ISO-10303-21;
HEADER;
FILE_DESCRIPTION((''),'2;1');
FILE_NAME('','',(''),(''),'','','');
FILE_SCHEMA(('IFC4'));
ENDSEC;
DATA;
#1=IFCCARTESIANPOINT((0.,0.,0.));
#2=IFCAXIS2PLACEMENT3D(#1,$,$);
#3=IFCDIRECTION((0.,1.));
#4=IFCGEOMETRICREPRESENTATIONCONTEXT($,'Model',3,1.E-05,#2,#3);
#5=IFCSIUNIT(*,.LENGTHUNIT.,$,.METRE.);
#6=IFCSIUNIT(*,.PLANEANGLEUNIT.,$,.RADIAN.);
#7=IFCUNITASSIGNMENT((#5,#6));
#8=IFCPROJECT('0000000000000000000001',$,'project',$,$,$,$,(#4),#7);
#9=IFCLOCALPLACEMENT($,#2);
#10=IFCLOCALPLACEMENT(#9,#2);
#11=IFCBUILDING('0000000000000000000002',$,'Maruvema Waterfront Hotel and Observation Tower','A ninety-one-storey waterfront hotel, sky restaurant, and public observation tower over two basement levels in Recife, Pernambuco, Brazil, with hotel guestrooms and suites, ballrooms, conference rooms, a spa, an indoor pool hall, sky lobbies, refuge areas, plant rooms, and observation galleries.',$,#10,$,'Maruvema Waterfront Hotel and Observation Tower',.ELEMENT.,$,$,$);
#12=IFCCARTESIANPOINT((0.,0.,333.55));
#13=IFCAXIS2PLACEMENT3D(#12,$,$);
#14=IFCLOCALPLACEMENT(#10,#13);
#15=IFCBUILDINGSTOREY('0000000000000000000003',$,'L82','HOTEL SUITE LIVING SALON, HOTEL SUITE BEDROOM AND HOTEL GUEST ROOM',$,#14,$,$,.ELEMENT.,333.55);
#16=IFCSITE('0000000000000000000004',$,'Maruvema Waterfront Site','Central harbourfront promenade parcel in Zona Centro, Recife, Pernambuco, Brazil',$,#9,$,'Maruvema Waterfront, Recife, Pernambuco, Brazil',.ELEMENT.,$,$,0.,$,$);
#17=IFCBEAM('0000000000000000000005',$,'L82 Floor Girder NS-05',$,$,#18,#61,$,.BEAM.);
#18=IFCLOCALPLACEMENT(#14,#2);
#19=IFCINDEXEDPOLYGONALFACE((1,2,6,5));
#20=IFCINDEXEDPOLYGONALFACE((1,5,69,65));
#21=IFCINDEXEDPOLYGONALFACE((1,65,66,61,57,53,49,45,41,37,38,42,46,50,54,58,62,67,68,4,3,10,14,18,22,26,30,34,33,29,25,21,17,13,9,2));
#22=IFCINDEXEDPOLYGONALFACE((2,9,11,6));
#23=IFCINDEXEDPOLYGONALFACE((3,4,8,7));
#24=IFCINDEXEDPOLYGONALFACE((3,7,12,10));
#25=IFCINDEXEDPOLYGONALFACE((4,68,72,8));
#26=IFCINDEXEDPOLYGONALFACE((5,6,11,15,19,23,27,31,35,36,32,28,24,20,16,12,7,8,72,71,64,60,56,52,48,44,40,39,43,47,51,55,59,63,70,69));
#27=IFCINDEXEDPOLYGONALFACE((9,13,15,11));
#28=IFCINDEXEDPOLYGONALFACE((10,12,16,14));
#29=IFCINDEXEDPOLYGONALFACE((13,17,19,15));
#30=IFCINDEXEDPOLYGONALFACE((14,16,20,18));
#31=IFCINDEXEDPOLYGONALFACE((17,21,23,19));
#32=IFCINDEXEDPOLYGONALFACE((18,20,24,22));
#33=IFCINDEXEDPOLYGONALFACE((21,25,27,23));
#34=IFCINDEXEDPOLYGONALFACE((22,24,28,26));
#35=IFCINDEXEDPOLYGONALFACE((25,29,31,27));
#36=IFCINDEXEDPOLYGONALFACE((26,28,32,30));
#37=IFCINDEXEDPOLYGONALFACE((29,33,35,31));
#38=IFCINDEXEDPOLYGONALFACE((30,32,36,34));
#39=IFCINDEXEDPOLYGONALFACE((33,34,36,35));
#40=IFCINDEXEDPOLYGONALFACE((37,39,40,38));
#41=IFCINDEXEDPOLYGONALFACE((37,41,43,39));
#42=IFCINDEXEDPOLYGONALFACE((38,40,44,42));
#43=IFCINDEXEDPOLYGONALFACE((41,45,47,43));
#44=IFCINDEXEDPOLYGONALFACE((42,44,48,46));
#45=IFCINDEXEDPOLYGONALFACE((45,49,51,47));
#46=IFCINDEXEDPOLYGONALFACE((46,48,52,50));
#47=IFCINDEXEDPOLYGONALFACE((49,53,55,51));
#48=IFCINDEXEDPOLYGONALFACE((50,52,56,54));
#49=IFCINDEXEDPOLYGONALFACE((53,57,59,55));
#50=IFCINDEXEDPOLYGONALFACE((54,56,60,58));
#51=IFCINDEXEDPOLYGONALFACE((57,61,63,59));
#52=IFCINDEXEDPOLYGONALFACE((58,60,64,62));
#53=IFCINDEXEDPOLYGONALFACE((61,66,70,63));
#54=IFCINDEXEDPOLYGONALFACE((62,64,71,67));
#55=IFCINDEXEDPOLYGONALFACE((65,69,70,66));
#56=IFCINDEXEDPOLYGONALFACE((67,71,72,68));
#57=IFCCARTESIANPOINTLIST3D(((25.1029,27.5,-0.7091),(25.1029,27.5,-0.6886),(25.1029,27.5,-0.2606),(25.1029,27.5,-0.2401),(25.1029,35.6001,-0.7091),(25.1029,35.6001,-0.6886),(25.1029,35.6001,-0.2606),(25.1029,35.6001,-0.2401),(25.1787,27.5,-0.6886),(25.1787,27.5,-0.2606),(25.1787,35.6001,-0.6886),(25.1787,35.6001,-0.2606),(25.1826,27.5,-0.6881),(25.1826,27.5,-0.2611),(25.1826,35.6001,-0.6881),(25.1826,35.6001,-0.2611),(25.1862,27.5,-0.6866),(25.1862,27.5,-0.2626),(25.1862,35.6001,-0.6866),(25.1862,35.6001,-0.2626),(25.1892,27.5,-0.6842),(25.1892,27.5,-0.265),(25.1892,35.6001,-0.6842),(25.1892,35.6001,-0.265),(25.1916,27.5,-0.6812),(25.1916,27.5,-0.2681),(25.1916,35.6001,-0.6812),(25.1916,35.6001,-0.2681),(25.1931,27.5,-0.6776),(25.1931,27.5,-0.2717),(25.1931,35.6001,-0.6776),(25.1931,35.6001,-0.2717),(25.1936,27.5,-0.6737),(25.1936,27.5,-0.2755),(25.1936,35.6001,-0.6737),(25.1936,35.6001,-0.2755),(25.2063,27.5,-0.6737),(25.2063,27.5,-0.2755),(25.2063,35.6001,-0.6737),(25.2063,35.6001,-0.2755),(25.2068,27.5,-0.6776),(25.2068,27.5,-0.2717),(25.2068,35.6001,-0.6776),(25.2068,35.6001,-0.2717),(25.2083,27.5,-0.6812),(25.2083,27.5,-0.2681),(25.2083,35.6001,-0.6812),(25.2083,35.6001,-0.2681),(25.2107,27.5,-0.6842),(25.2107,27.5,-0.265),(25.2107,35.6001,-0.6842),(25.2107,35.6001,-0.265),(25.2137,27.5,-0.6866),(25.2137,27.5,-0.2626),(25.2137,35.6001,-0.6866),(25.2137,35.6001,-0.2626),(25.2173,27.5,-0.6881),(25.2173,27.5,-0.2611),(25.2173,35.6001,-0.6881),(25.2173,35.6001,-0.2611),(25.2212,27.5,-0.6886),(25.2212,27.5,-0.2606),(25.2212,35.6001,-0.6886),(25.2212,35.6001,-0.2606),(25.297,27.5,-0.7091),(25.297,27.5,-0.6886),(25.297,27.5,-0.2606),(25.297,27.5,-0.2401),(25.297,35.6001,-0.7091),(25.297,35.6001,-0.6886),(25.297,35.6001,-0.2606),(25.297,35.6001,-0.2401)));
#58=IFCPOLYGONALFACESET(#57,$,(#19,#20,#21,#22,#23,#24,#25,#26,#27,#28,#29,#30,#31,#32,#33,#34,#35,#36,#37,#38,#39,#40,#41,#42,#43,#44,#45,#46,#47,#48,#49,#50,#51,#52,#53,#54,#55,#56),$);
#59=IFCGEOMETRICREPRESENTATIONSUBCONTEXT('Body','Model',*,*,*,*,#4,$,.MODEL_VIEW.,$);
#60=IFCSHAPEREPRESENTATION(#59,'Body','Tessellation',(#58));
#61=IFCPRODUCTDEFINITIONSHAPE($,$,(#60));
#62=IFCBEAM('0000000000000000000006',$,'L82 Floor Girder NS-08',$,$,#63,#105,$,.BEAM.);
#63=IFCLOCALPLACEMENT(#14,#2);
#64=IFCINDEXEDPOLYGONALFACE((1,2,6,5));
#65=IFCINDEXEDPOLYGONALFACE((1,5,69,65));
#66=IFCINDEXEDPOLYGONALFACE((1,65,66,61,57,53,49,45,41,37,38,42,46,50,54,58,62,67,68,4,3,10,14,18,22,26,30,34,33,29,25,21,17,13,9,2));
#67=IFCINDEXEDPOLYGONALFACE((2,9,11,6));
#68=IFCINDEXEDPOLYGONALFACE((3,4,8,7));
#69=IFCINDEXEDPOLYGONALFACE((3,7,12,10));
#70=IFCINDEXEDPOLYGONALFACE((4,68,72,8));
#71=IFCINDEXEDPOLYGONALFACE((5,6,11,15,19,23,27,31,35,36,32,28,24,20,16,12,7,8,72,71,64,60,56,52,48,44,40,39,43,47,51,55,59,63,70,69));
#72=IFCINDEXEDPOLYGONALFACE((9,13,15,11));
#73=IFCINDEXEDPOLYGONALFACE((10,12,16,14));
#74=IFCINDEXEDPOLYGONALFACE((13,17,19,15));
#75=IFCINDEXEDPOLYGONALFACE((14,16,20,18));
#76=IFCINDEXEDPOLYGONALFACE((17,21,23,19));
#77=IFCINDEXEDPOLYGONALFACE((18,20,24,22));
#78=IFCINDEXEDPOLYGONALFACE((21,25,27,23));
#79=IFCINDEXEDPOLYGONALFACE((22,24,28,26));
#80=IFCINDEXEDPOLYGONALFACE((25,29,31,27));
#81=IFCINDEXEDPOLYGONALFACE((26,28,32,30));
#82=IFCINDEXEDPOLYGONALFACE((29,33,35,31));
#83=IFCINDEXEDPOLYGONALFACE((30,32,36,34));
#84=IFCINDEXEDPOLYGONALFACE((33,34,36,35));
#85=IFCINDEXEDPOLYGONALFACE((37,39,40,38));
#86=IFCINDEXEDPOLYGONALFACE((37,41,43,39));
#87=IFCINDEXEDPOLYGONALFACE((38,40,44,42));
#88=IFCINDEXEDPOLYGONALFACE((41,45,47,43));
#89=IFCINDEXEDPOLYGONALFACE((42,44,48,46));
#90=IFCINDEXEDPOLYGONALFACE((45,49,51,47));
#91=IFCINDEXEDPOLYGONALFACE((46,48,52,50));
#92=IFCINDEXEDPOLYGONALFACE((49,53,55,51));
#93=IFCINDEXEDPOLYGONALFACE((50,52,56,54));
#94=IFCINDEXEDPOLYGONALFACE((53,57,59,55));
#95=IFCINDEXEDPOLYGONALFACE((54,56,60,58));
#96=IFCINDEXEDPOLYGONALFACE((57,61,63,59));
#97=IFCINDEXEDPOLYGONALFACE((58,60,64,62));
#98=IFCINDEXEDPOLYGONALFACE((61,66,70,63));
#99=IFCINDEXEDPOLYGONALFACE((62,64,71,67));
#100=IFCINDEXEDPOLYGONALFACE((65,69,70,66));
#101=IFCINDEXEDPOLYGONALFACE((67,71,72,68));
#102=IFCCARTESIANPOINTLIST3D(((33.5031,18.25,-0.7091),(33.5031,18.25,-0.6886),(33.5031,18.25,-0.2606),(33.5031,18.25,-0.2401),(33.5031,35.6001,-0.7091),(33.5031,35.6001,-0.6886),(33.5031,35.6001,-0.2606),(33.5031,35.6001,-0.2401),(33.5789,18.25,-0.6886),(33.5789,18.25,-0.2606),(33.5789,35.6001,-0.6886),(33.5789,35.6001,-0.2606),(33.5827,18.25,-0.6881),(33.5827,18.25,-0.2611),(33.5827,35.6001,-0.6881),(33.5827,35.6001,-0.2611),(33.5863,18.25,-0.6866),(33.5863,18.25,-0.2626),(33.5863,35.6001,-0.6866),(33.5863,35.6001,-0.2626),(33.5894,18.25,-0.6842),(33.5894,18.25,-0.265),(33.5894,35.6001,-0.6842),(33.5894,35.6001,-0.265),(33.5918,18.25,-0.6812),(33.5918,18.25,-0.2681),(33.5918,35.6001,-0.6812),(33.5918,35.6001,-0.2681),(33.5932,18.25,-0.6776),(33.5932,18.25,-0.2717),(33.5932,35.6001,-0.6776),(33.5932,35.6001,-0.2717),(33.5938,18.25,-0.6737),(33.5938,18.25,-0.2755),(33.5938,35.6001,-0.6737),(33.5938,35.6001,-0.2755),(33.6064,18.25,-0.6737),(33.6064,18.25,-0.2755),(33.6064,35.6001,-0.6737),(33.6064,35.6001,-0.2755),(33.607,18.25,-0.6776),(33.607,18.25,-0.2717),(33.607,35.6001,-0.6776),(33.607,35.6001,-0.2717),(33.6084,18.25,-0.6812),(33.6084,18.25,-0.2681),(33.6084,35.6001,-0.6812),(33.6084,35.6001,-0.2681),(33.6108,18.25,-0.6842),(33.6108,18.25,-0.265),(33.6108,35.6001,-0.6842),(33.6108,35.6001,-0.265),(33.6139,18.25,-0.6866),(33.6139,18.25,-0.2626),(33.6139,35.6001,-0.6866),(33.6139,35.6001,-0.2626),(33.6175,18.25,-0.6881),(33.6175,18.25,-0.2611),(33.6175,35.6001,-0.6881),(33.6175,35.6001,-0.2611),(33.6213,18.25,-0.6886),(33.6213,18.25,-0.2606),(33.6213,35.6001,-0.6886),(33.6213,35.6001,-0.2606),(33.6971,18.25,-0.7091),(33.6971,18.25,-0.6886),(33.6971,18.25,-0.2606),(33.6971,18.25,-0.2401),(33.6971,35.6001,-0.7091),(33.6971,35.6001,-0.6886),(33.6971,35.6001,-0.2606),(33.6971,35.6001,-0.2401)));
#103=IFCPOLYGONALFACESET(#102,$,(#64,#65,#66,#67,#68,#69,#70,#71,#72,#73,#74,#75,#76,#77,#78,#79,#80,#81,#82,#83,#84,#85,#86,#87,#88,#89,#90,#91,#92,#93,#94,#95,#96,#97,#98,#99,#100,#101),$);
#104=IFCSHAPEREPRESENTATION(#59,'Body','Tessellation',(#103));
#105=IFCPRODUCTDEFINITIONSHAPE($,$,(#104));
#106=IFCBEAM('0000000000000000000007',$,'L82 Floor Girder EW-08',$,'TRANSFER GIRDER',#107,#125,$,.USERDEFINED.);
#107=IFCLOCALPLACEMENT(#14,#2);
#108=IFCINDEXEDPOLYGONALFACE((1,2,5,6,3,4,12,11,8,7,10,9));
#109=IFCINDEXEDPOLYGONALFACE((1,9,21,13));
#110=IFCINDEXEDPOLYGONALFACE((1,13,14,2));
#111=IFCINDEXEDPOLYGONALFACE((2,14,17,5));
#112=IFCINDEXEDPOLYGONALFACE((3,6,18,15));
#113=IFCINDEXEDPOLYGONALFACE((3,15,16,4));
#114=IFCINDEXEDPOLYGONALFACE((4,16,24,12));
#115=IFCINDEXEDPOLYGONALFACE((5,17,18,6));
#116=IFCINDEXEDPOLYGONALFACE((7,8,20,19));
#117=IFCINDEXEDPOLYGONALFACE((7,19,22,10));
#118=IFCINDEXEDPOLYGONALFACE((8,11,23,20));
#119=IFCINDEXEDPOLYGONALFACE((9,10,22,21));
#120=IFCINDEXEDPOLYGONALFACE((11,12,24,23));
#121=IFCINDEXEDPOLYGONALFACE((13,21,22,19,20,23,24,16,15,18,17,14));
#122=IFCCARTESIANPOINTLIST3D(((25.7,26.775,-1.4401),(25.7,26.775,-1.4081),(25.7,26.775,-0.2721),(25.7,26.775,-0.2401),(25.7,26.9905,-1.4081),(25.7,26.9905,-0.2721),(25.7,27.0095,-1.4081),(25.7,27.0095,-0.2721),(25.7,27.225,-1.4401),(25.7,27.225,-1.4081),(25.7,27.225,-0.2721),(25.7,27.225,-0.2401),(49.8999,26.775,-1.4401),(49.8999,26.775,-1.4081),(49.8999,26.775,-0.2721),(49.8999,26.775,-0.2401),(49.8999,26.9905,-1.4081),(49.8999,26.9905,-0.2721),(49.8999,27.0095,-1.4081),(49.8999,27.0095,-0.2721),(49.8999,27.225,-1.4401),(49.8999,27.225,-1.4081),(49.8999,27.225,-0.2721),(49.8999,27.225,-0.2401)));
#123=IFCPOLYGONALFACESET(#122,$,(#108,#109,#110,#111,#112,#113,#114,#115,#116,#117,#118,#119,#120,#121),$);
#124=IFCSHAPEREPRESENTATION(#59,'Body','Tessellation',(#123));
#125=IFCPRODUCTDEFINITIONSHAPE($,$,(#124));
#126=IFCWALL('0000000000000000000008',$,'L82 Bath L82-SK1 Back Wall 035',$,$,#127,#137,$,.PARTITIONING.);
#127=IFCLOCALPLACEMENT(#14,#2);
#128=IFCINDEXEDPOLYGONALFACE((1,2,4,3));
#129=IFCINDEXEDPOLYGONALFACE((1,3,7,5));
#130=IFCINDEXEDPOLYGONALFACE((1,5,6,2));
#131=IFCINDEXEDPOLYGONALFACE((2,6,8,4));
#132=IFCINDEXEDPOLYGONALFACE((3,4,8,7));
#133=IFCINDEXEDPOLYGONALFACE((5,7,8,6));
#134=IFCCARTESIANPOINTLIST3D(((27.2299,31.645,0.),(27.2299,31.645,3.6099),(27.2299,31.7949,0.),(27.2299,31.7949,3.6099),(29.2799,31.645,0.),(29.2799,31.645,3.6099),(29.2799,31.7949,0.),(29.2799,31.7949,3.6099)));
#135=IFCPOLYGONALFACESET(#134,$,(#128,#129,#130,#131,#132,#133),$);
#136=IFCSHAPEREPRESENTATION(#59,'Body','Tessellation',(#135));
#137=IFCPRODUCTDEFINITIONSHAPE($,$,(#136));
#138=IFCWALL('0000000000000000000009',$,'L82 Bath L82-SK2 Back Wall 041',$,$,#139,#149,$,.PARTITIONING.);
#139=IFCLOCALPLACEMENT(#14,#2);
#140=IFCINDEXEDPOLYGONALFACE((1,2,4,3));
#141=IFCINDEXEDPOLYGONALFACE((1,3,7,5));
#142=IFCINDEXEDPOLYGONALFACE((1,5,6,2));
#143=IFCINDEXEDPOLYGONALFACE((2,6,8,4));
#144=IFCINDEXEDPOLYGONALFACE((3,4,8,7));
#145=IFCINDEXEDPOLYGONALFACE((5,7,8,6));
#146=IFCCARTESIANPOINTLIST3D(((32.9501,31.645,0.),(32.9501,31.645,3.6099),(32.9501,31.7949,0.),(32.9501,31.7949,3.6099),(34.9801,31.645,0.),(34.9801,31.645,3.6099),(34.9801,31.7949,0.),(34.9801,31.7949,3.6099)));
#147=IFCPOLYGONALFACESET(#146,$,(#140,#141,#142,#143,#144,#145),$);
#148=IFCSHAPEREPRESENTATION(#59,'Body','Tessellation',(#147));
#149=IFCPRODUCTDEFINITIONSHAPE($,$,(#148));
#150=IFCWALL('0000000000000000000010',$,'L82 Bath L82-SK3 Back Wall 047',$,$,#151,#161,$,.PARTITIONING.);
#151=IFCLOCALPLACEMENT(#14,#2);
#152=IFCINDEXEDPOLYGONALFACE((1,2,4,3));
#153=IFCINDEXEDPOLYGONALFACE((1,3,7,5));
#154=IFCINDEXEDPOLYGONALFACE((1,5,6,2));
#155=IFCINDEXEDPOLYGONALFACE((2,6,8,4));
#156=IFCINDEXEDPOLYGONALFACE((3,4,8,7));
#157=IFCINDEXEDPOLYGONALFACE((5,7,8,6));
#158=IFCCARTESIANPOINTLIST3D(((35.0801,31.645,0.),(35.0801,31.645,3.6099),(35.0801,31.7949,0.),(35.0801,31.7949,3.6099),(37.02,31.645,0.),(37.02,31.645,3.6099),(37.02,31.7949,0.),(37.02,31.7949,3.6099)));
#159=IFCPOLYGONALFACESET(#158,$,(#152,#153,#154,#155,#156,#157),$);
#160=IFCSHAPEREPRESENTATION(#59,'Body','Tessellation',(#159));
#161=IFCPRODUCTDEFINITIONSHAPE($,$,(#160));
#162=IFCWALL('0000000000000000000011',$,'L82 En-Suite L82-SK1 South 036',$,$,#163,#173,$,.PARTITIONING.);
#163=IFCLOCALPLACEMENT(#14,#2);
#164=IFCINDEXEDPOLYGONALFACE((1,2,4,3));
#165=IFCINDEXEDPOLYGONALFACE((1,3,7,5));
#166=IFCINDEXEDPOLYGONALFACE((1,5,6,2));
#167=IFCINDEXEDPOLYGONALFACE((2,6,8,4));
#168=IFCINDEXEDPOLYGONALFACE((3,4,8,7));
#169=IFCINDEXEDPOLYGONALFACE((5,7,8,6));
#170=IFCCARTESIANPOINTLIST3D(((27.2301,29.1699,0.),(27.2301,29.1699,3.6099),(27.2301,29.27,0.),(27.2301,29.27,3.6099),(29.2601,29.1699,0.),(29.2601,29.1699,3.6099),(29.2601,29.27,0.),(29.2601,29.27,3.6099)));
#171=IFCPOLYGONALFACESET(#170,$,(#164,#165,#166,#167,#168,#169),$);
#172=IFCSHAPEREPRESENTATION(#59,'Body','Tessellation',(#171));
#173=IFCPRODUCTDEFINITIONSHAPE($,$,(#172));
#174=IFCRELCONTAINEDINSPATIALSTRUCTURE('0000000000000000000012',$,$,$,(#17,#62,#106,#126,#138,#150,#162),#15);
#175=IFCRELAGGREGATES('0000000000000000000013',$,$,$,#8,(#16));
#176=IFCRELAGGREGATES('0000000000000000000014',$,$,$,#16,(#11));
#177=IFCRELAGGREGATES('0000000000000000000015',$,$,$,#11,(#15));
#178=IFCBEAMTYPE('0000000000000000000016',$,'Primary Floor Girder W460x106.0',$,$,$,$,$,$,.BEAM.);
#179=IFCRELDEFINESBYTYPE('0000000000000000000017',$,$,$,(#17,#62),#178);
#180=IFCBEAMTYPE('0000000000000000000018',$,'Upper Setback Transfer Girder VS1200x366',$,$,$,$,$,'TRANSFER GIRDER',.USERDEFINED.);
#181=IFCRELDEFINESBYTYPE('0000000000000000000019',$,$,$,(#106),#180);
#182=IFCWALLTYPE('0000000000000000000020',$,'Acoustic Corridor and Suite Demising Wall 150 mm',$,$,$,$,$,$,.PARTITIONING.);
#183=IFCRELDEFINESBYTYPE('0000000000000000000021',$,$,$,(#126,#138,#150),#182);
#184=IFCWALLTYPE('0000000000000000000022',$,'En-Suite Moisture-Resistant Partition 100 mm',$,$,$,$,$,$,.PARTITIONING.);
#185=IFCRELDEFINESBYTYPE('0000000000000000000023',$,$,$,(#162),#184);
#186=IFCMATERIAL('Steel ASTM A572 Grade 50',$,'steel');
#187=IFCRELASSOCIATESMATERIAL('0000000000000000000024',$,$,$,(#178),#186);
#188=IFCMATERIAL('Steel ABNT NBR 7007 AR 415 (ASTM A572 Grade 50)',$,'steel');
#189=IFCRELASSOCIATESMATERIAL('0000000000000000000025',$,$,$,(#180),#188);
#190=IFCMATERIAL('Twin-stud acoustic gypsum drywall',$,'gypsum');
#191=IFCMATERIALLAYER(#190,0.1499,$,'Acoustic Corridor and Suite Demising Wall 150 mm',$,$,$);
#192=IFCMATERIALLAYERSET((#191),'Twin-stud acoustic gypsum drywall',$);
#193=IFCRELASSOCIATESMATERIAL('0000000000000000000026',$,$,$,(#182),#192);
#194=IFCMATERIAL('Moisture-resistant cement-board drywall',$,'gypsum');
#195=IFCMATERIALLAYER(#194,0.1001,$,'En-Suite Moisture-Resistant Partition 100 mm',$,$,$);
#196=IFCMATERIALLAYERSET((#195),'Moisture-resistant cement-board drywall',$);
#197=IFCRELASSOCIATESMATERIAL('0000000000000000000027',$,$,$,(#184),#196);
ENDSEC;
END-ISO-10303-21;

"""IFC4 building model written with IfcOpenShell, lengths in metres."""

from ifc_helpers import new_model, si_unit, direction, frame, frame_2d, origin, origin_2d, place, context, subcontext, project, spatial, rectangle, i_section, extrude, material, layer, layer_set, material_profile, profile_set, type_object, element, save


model = new_model("IFC4")

# Units and contexts
model_context = context("Model", 3, precision=1e-05, world=origin(), true_north=direction((0.0, 1.0)))
body_context = subcontext(model_context, "Body", "Model", "MODEL_VIEW")
ifc_project = project(units=[si_unit("LENGTHUNIT", "METRE"), si_unit("PLANEANGLEUNIT", "RADIAN")], contexts=[model_context])

# Site, building, storey
site_placement = place(None, origin())
site = spatial("IfcSite", under=ifc_project, at=site_placement, Name="Maruvema Waterfront Site", Description="Central harbourfront promenade parcel in Zona Centro, Recife, Pernambuco, Brazil", LongName="Maruvema Waterfront, Recife, Pernambuco, Brazil", CompositionType="ELEMENT", RefElevation=0.0)
building_placement = place(site_placement, origin())
building = spatial("IfcBuilding", under=site, at=building_placement, Name="Maruvema Waterfront Hotel and Observation Tower", Description="A ninety-one-storey waterfront hotel, sky restaurant, and public observation tower over two basement levels in Recife, Pernambuco, Brazil, with hotel guestrooms and suites, ballrooms, conference rooms, a spa, an indoor pool hall, sky lobbies, refuge areas, plant rooms, and observation galleries.", LongName="Maruvema Waterfront Hotel and Observation Tower", CompositionType="ELEMENT")
storey_placement = place(building_placement, frame((0.0, 0.0, 333.55)))
storey = spatial("IfcBuildingStorey", under=building, at=storey_placement, Name="L82", Description="HOTEL SUITE LIVING SALON, HOTEL SUITE BEDROOM AND HOTEL GUEST ROOM", CompositionType="ELEMENT", Elevation=333.55)

# Beams
ifc_material_1 = material(Name="Steel ASTM A572 Grade 50", Category="steel")
ifc_material_profile_1 = material_profile(ifc_material_1, i_section(OverallWidth=0.1941, OverallDepth=0.469, WebThickness=0.0127, FlangeThickness=0.0205, FilletRadius=0.0149, at=origin_2d()), Name="W460x106.0")
ifc_profile_set_1 = profile_set([ifc_material_profile_1], Name="Steel ASTM A572 Grade 50")
beam_type_1 = type_object("IfcBeamType", Name="Primary Floor Girder W460x106.0", PredefinedType="BEAM", material=ifc_profile_set_1)
for number, where, z_axis, x_axis, name in (
    (1, (25.2, 27.5, -0.4746), (0.0, 1.0, 0.0), (-1.0, 0.0, 0.0), "L82 Floor Girder NS-05"),
):
    element("IfcBeam", number, at=place(storey_placement, frame(where, z_axis=z_axis, x_axis=x_axis)), inside=storey, type_object=beam_type_1, Name=name, PredefinedType="BEAM", context=body_context, shape_type="SweptSolid", body=[
        extrude(i_section(OverallWidth=0.1941, OverallDepth=0.469, WebThickness=0.0127, FlangeThickness=0.0205, FilletRadius=0.0149, at=origin_2d()), origin(), (0.0, 0.0, 1.0), 8.1001),
    ])
beam_1_placement = place(storey_placement, frame((33.6001, 18.25, -0.4746), z_axis=(0.0, 1.0, 0.0), x_axis=(-1.0, 0.0, 0.0)))
element("IfcBeam", 2, at=beam_1_placement, inside=storey, type_object=beam_type_1, Name="L82 Floor Girder NS-08", PredefinedType="BEAM", context=body_context, shape_type="SweptSolid", body=[
    extrude(i_section(OverallWidth=0.1941, OverallDepth=0.469, WebThickness=0.0127, FlangeThickness=0.0205, FilletRadius=0.0149, at=origin_2d()), origin(), (0.0, 0.0, 1.0), 17.3501),
])
ifc_material_2 = material(Name="Steel ABNT NBR 7007 AR 415 (ASTM A572 Grade 50)", Category="steel")
ifc_material_profile_2 = material_profile(ifc_material_2, i_section(OverallWidth=0.45, OverallDepth=1.2, WebThickness=0.019, FlangeThickness=0.032, at=origin_2d()), Name="VS1200x366")
ifc_profile_set_2 = profile_set([ifc_material_profile_2], Name="Steel ABNT NBR 7007 AR 415 (ASTM A572 Grade 50)")
beam_type_2 = type_object("IfcBeamType", Name="Upper Setback Transfer Girder VS1200x366", ElementType="TRANSFER GIRDER", PredefinedType="USERDEFINED", material=ifc_profile_set_2)
beam_2_placement = place(storey_placement, frame((25.7, 27.0, -0.8401), z_axis=(1.0, 0.0, 0.0), x_axis=(0.0, 1.0, 0.0)))
element("IfcBeam", 3, at=beam_2_placement, inside=storey, type_object=beam_type_2, Name="L82 Floor Girder EW-08", ObjectType="TRANSFER GIRDER", PredefinedType="USERDEFINED", context=body_context, shape_type="SweptSolid", body=[
    extrude(i_section(OverallWidth=0.45, OverallDepth=1.2, WebThickness=0.019, FlangeThickness=0.032, at=origin_2d()), origin(), (0.0, 0.0, 1.0), 24.2),
])

# Walls
ifc_material_3 = material(Name="Twin-stud acoustic gypsum drywall", Category="gypsum")
ifc_layer_1 = layer(ifc_material_3, 0.1499, Name="Acoustic Corridor and Suite Demising Wall 150 mm")
ifc_layer_set_1 = layer_set([ifc_layer_1], Name="Twin-stud acoustic gypsum drywall")
wall_type_1 = type_object("IfcWallType", Name="Acoustic Corridor and Suite Demising Wall 150 mm", PredefinedType="PARTITIONING", material=ifc_layer_set_1)
wall_1_placement = place(storey_placement, frame((27.23, 31.72, 0.0), z_axis=(0.0, 0.0, 1.0), x_axis=(1.0, 0.0, 0.0)))
element("IfcWall", 4, at=wall_1_placement, inside=storey, type_object=wall_type_1, Name="L82 Bath L82-SK1 Back Wall 035", PredefinedType="PARTITIONING", context=body_context, shape_type="SweptSolid", body=[
    extrude(rectangle(XDim=2.05, YDim=0.1499, at=frame_2d((1.0249, 0.0))), origin(), (0.0, 0.0, 1.0), 3.6099),
])
wall_2_placement = place(storey_placement, frame((32.95, 31.72, 0.0), z_axis=(0.0, 0.0, 1.0), x_axis=(1.0, 0.0, 0.0)))
element("IfcWall", 5, at=wall_2_placement, inside=storey, type_object=wall_type_1, Name="L82 Bath L82-SK2 Back Wall 041", PredefinedType="PARTITIONING", context=body_context, shape_type="SweptSolid", body=[
    extrude(rectangle(XDim=2.03, YDim=0.1499, at=frame_2d((1.0151, 0.0))), origin(), (0.0, 0.0, 1.0), 3.6099),
])

# Walls
wall_3_placement = place(storey_placement, frame((35.0801, 31.72, 0.0), z_axis=(0.0, 0.0, 1.0), x_axis=(1.0, 0.0, 0.0)))
element("IfcWall", 6, at=wall_3_placement, inside=storey, type_object=wall_type_1, Name="L82 Bath L82-SK3 Back Wall 047", PredefinedType="PARTITIONING", context=body_context, shape_type="SweptSolid", body=[
    extrude(rectangle(XDim=1.9399, YDim=0.1499, at=frame_2d((0.97, 0.0))), origin(), (0.0, 0.0, 1.0), 3.6099),
])
ifc_material_4 = material(Name="Moisture-resistant cement-board drywall", Category="gypsum")
ifc_layer_2 = layer(ifc_material_4, 0.1001, Name="En-Suite Moisture-Resistant Partition 100 mm")
ifc_layer_set_2 = layer_set([ifc_layer_2], Name="Moisture-resistant cement-board drywall")
wall_type_2 = type_object("IfcWallType", Name="En-Suite Moisture-Resistant Partition 100 mm", PredefinedType="PARTITIONING", material=ifc_layer_set_2)
wall_4_placement = place(storey_placement, frame((27.23, 29.22, 0.0), z_axis=(0.0, 0.0, 1.0), x_axis=(1.0, 0.0, 0.0)))
element("IfcWall", 7, at=wall_4_placement, inside=storey, type_object=wall_type_2, Name="L82 En-Suite L82-SK1 South 036", PredefinedType="PARTITIONING", context=body_context, shape_type="SweptSolid", body=[
    extrude(rectangle(XDim=2.03, YDim=0.1001, at=frame_2d((1.0151, 0.0))), origin(), (0.0, 0.0, 1.0), 3.6099),
])

save(model, "model.ifc")
